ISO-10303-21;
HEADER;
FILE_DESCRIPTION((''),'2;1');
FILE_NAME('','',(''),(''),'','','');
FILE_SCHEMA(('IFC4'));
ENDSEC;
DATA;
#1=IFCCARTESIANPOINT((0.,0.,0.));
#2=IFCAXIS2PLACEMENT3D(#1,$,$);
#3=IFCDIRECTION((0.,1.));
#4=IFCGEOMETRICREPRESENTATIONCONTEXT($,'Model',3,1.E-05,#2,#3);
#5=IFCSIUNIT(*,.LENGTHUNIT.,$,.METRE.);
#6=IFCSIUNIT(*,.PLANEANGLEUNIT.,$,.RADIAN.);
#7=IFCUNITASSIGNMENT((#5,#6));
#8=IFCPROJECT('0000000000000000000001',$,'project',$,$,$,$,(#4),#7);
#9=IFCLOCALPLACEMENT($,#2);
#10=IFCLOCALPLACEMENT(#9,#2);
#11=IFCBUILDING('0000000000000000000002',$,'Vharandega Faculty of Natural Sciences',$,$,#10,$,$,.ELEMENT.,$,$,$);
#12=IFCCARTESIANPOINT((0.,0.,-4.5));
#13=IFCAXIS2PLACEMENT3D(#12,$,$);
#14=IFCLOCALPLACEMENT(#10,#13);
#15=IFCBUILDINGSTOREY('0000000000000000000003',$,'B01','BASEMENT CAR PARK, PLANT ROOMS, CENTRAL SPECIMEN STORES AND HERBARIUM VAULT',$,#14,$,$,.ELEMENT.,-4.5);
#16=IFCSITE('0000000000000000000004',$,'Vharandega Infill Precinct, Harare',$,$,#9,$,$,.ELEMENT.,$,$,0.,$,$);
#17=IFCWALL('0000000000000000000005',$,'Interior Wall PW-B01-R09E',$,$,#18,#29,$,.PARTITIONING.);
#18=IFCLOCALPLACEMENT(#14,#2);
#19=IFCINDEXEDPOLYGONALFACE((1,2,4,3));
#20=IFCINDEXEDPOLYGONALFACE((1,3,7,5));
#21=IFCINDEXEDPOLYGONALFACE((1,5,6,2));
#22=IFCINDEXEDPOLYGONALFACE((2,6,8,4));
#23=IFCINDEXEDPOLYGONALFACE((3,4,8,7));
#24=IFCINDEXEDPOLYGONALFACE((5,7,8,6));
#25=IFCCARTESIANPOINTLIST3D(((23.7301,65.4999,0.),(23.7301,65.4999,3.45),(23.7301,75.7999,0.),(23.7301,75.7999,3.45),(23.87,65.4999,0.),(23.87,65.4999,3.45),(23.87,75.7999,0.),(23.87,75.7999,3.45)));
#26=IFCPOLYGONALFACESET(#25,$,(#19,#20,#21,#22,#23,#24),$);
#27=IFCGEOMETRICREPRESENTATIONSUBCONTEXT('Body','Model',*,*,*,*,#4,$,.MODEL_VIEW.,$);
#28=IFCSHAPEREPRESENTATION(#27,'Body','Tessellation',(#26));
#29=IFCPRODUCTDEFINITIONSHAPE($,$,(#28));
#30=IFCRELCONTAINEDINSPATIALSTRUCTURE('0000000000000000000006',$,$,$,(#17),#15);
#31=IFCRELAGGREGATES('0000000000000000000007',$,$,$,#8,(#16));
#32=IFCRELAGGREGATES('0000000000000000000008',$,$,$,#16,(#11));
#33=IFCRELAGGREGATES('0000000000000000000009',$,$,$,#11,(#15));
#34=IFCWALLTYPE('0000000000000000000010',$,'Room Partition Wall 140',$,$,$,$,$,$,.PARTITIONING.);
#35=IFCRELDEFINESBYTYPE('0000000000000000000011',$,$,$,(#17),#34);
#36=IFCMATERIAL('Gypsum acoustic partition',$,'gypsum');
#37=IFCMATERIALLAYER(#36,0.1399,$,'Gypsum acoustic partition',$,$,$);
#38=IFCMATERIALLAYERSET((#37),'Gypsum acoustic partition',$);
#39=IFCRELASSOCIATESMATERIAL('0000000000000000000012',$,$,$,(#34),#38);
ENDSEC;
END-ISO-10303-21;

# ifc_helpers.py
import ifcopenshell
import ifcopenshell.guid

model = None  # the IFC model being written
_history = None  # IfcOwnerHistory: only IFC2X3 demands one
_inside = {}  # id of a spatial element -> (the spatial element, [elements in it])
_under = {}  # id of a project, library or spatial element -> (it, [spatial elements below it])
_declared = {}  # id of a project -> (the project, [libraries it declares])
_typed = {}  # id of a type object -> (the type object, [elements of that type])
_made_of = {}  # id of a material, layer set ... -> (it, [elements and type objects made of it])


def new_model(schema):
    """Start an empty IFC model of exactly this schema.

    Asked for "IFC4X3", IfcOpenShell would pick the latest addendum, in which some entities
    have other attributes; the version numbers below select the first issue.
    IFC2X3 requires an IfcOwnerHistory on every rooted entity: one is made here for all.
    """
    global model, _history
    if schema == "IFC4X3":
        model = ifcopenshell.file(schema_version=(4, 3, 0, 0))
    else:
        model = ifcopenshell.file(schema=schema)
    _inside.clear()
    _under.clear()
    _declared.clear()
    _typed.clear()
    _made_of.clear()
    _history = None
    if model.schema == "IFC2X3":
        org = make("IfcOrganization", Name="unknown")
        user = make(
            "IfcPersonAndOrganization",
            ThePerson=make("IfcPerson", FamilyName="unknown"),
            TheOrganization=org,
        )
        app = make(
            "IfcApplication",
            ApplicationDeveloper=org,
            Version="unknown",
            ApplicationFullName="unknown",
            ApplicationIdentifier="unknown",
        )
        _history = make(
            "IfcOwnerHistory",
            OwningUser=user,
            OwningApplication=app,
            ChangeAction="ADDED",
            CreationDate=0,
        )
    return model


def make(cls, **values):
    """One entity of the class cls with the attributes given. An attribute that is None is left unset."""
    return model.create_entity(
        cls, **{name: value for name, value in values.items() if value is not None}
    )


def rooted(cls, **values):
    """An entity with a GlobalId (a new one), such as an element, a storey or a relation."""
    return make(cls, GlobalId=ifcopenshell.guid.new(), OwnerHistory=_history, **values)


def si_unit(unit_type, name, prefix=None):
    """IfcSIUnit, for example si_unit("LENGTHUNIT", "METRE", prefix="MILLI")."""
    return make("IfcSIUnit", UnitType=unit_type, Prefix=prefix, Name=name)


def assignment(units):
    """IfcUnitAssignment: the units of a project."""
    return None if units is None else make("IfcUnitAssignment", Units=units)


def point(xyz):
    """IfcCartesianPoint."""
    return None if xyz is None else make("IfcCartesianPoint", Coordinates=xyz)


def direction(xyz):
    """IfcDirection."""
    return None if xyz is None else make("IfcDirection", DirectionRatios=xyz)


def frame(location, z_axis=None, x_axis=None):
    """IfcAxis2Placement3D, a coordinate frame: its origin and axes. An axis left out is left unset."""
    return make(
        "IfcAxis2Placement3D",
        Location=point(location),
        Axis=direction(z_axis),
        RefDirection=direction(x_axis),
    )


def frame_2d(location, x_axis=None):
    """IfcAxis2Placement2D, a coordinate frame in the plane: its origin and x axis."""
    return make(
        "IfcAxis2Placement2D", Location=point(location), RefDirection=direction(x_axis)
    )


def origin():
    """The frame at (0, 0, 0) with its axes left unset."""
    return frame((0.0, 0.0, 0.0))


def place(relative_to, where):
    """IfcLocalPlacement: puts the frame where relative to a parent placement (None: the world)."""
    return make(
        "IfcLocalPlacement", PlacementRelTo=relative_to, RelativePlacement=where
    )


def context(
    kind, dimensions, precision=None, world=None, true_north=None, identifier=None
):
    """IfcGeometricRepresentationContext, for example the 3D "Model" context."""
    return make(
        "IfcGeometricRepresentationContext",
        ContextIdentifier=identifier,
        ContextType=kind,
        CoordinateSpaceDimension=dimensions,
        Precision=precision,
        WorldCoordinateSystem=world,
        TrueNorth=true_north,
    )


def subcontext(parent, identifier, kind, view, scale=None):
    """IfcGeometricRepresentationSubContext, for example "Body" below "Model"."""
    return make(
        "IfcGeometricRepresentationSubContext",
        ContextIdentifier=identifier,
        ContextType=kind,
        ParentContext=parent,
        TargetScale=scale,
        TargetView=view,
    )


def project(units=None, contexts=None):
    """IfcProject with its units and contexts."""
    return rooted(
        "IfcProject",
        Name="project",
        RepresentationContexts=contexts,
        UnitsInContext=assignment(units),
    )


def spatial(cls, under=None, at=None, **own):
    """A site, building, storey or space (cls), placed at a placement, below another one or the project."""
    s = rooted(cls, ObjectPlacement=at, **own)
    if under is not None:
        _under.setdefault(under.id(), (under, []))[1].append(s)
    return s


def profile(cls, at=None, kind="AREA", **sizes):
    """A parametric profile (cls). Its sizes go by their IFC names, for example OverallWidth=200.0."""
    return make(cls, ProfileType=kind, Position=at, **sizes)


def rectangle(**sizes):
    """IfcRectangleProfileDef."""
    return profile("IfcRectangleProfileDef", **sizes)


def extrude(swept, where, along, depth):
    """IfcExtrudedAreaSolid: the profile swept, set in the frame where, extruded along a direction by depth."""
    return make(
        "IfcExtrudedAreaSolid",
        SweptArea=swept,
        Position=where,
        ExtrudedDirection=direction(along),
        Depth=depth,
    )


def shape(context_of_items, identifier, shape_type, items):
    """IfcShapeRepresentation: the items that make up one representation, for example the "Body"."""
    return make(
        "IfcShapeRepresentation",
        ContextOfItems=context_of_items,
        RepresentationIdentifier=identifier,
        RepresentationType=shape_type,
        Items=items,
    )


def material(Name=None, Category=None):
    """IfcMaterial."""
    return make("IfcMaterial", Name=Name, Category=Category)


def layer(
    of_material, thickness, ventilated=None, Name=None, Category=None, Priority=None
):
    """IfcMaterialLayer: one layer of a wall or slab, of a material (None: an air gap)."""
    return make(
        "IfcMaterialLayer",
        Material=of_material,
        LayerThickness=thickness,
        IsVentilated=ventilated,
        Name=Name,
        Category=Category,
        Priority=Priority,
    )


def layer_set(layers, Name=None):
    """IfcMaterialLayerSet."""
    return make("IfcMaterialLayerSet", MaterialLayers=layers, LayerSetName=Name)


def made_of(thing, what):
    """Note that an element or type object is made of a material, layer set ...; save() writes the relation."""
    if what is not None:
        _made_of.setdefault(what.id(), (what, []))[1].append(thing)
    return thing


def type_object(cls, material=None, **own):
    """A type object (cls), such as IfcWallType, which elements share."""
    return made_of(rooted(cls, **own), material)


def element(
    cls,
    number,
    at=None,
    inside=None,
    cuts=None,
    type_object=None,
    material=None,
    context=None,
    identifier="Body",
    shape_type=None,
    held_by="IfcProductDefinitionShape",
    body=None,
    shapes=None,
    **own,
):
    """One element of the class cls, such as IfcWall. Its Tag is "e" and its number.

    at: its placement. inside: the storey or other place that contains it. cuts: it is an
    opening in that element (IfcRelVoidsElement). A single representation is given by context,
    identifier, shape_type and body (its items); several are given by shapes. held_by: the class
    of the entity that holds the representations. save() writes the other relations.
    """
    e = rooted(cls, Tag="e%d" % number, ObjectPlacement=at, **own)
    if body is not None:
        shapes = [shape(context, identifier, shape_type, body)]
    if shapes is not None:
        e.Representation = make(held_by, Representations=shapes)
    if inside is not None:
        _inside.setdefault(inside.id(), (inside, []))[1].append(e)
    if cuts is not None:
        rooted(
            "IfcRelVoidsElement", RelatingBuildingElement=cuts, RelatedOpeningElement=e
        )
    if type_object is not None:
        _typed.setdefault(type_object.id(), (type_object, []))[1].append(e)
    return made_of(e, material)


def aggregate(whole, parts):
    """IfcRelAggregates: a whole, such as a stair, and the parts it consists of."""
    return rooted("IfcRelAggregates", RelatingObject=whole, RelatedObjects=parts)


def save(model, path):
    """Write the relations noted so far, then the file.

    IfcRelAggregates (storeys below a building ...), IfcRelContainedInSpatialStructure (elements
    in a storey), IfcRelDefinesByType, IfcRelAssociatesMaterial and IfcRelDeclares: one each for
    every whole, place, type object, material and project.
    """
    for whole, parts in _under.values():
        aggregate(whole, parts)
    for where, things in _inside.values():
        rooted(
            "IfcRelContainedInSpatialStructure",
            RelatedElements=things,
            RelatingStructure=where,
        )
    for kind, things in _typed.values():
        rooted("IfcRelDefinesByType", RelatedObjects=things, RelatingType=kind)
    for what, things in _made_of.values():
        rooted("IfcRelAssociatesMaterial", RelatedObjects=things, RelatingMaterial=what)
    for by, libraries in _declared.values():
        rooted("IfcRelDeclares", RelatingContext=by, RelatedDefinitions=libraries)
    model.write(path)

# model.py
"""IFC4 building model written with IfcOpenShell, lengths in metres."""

from ifc_helpers import new_model, si_unit, direction, frame, frame_2d, origin, place, context, subcontext, project, spatial, rectangle, extrude, material, layer, layer_set, type_object, element, save


model = new_model("IFC4")

# Units and contexts
model_context = context("Model", 3, precision=1e-05, world=origin(), true_north=direction((0.0, 1.0)))
body_context = subcontext(model_context, "Body", "Model", "MODEL_VIEW")
ifc_project = project(units=[si_unit("LENGTHUNIT", "METRE"), si_unit("PLANEANGLEUNIT", "RADIAN")], contexts=[model_context])

# Site, building, storey
site_placement = place(None, origin())
site = spatial("IfcSite", under=ifc_project, at=site_placement, Name="Vharandega Infill Precinct, Harare", CompositionType="ELEMENT", RefElevation=0.0)
building_placement = place(site_placement, origin())
building = spatial("IfcBuilding", under=site, at=building_placement, Name="Vharandega Faculty of Natural Sciences", CompositionType="ELEMENT")
storey_placement = place(building_placement, frame((0.0, 0.0, -4.5)))
storey = spatial("IfcBuildingStorey", under=building, at=storey_placement, Name="B01", Description="BASEMENT CAR PARK, PLANT ROOMS, CENTRAL SPECIMEN STORES AND HERBARIUM VAULT", CompositionType="ELEMENT", Elevation=-4.5)

# Wall
ifc_material_1 = material(Name="Gypsum acoustic partition", Category="gypsum")
ifc_layer_1 = layer(ifc_material_1, 0.1399, Name="Gypsum acoustic partition")
ifc_layer_set_1 = layer_set([ifc_layer_1], Name="Gypsum acoustic partition")
wall_type_1 = type_object("IfcWallType", Name="Room Partition Wall 140", PredefinedType="PARTITIONING", material=ifc_layer_set_1)
wall_1_placement = place(storey_placement, frame((23.8, 65.5, 0.0), z_axis=(0.0, 0.0, 1.0), x_axis=(0.0, 1.0, 0.0)))
element("IfcWall", 1, at=wall_1_placement, inside=storey, type_object=wall_type_1, Name="Interior Wall PW-B01-R09E", PredefinedType="PARTITIONING", context=body_context, shape_type="SweptSolid", body=[
    extrude(rectangle(XDim=10.3, YDim=0.1399, at=frame_2d((5.1499, 0.0))), origin(), (0.0, 0.0, 1.0), 3.45),
])

save(model, "model.ifc")
